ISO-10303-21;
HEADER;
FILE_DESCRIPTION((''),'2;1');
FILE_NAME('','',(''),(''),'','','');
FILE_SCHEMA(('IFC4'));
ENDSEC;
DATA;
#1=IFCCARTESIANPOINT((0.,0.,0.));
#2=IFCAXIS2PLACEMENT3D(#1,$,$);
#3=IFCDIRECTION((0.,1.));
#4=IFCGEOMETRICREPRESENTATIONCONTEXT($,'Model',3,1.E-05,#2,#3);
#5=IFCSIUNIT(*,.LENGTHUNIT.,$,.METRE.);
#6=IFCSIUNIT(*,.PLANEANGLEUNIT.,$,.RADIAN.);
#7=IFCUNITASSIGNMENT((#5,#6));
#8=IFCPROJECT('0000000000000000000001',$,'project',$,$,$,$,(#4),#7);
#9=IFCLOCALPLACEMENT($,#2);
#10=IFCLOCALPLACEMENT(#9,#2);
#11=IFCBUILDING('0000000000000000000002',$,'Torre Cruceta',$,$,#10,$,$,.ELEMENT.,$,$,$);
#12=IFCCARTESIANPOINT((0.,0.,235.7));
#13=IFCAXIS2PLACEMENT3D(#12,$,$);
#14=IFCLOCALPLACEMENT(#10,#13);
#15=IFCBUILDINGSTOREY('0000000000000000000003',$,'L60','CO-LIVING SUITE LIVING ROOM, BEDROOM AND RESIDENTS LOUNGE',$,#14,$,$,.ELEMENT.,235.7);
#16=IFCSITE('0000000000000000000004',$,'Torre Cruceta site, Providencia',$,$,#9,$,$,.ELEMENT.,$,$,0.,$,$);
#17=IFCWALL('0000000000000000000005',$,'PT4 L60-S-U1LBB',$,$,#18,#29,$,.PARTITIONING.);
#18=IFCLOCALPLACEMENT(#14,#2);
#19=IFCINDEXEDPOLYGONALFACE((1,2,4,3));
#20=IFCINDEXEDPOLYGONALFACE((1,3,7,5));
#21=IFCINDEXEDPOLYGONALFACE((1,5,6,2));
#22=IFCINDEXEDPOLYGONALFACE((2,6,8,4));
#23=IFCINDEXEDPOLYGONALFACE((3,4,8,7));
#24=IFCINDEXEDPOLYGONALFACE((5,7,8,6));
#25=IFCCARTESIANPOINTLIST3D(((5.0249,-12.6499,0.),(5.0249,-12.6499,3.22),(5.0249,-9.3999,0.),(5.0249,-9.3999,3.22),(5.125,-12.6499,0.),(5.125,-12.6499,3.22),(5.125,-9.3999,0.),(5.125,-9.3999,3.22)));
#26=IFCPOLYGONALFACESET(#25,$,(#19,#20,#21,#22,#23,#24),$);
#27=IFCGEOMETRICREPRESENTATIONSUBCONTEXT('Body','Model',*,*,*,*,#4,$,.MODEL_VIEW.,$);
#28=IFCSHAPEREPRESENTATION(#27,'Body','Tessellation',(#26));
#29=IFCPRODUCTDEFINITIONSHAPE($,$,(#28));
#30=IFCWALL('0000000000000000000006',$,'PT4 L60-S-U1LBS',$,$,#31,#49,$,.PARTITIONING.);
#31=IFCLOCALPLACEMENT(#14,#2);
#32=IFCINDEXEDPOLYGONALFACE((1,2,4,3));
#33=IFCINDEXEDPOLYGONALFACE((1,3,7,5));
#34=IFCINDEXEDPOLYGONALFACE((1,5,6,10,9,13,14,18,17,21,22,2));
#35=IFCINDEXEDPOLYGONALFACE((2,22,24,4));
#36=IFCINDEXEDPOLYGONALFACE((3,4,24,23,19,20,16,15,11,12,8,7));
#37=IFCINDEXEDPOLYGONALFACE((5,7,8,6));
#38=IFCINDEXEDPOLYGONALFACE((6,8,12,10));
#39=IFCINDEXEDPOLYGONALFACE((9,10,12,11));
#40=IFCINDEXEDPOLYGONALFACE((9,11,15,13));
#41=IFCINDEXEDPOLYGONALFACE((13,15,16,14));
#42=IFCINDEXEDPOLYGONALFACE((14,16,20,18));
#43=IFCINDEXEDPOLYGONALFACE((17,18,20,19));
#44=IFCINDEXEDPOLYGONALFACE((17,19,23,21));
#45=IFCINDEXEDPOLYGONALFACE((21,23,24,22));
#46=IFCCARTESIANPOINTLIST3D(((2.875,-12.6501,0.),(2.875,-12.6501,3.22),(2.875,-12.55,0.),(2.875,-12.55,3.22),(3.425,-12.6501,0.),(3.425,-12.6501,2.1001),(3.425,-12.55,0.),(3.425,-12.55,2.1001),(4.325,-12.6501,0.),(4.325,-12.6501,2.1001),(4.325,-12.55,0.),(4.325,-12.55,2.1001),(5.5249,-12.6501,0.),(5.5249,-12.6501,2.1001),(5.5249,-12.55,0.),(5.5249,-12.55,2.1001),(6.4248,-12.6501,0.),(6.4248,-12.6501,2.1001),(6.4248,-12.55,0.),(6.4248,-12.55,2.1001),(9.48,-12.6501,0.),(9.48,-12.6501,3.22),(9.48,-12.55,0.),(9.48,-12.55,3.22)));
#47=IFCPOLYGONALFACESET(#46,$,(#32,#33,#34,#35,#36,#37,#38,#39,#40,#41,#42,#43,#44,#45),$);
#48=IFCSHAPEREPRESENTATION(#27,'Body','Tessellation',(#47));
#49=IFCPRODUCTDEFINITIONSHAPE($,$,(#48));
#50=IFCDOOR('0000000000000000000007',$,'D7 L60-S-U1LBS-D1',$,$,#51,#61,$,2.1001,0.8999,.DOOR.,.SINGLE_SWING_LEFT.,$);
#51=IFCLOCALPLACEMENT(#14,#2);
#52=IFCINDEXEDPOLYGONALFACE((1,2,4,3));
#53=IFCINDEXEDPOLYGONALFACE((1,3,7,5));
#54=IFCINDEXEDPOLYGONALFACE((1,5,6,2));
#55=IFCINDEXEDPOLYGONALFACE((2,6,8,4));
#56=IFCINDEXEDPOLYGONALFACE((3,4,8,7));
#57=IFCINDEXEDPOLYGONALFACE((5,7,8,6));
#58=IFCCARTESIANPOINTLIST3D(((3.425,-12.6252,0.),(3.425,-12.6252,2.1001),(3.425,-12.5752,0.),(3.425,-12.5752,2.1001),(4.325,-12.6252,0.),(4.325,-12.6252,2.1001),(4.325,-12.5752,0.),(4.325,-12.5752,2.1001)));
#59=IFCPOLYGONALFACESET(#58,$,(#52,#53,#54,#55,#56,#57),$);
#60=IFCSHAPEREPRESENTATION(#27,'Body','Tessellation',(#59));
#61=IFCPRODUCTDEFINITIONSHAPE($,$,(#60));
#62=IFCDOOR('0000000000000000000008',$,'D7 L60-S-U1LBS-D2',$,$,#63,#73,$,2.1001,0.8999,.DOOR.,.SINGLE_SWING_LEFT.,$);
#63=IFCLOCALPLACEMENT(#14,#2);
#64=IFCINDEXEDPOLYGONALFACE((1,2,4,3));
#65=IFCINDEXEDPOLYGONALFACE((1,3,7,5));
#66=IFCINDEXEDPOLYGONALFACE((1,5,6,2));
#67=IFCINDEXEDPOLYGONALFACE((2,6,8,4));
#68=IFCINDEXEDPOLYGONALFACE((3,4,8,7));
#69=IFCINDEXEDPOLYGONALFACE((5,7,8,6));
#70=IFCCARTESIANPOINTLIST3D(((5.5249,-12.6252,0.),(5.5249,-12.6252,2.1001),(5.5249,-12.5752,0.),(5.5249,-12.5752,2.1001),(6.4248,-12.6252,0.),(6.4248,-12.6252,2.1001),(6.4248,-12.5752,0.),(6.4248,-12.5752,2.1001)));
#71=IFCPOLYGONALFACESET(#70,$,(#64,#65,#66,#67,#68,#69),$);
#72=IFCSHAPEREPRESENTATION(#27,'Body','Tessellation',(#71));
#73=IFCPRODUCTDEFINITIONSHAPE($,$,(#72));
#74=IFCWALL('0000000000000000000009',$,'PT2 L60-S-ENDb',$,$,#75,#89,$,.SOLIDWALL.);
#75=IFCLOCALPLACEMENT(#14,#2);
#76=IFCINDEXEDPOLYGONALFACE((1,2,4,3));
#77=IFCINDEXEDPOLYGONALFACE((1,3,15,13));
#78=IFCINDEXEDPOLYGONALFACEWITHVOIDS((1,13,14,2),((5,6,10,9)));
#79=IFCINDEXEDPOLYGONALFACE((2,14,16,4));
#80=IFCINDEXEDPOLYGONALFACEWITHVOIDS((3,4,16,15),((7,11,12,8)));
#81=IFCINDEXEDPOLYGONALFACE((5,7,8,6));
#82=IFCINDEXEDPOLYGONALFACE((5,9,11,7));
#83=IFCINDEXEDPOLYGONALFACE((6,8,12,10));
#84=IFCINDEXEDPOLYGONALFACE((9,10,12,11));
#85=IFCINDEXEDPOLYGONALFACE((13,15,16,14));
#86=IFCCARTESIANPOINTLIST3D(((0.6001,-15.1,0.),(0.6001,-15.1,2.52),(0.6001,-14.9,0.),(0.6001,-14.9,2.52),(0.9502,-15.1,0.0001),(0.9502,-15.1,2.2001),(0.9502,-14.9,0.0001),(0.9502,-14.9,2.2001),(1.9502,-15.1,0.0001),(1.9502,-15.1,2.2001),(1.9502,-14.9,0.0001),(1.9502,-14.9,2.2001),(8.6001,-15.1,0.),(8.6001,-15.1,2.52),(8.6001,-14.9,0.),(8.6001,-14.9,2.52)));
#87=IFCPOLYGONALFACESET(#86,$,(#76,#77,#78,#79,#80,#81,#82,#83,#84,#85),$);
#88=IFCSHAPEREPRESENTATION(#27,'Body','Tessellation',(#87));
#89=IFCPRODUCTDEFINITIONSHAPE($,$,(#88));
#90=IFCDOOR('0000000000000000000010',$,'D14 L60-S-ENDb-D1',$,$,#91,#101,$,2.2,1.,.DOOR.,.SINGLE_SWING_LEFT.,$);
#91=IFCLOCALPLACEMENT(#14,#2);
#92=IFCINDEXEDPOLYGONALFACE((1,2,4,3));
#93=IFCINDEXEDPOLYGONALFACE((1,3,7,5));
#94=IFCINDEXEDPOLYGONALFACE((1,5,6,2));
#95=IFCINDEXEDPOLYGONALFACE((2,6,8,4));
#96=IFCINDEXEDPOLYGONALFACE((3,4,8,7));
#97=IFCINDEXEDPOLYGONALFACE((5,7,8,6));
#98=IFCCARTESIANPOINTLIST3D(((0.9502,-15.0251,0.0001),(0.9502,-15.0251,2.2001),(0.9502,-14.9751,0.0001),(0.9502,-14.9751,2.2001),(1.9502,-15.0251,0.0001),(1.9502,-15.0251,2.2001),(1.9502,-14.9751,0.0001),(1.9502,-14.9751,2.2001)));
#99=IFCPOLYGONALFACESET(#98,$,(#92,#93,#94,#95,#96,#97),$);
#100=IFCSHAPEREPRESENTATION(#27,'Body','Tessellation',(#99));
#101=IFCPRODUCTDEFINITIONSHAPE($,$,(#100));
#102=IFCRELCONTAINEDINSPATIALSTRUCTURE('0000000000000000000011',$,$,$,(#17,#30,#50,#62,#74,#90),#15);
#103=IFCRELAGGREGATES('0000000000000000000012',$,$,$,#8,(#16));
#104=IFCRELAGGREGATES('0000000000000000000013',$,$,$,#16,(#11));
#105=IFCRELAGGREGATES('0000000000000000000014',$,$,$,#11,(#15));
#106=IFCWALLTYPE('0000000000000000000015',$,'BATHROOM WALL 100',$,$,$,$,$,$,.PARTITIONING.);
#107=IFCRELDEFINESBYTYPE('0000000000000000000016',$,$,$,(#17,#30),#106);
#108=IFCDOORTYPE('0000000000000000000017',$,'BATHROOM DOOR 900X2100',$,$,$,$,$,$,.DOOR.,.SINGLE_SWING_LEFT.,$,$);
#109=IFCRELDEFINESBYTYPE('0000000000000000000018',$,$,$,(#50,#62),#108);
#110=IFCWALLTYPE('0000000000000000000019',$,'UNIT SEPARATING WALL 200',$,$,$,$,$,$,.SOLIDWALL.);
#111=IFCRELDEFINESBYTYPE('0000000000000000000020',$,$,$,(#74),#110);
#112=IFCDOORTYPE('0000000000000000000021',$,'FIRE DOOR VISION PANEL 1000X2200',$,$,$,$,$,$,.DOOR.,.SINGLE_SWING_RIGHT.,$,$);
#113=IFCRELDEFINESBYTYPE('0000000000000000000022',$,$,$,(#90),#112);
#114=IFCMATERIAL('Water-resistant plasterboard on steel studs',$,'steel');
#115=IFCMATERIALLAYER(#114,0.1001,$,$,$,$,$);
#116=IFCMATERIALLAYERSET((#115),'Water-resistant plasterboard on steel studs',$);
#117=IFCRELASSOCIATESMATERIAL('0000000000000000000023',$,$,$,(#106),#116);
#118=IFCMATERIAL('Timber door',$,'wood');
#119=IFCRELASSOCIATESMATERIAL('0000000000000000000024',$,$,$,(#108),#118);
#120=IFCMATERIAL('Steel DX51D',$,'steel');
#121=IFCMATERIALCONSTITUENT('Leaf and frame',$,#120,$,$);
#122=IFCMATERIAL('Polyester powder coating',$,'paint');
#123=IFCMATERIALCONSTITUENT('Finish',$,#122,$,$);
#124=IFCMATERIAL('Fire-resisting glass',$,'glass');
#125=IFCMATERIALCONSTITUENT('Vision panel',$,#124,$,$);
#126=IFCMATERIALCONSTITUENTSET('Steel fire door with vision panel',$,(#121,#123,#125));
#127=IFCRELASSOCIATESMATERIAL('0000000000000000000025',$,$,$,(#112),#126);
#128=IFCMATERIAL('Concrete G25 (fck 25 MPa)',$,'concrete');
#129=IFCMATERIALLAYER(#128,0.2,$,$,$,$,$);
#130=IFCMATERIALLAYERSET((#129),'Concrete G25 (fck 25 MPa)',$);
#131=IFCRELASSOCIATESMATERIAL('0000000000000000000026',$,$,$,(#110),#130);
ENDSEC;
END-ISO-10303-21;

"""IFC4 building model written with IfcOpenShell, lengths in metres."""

from ifc_helpers import new_model, si_unit, direction, frame, frame_2d, origin, place, context, subcontext, project, spatial, rectangle, extrude, material, layer, layer_set, constituent, constituent_set, type_object, element, fill, save


model = new_model("IFC4")

# Units and contexts
model_context = context("Model", 3, precision=1e-05, world=origin(), true_north=direction((0.0, 1.0)))
body_context = subcontext(model_context, "Body", "Model", "MODEL_VIEW")
ifc_project = project(units=[si_unit("LENGTHUNIT", "METRE"), si_unit("PLANEANGLEUNIT", "RADIAN")], contexts=[model_context])

# Site, building, storey
site_placement = place(None, origin())
site = spatial("IfcSite", under=ifc_project, at=site_placement, Name="Torre Cruceta site, Providencia", CompositionType="ELEMENT", RefElevation=0.0)
building_placement = place(site_placement, origin())
building = spatial("IfcBuilding", under=site, at=building_placement, Name="Torre Cruceta", CompositionType="ELEMENT")
storey_placement = place(building_placement, frame((0.0, 0.0, 235.7)))
storey = spatial("IfcBuildingStorey", under=building, at=storey_placement, Name="L60", Description="CO-LIVING SUITE LIVING ROOM, BEDROOM AND RESIDENTS LOUNGE", CompositionType="ELEMENT", Elevation=235.7)

# Wall
ifc_material_1 = material(Name="Water-resistant plasterboard on steel studs", Category="steel")
ifc_layer_1 = layer(ifc_material_1, 0.1001)
ifc_layer_set_1 = layer_set([ifc_layer_1], Name="Water-resistant plasterboard on steel studs")
wall_type_1 = type_object("IfcWallType", Name="BATHROOM WALL 100", PredefinedType="PARTITIONING", material=ifc_layer_set_1)
wall_1_placement = place(storey_placement, frame((5.075, -9.3999, 0.0), z_axis=(0.0, 0.0, 1.0), x_axis=(0.0, -1.0, 0.0)))
element("IfcWall", 1, at=wall_1_placement, inside=storey, type_object=wall_type_1, Name="PT4 L60-S-U1LBB", PredefinedType="PARTITIONING", context=body_context, shape_type="SweptSolid", body=[
    extrude(rectangle(XDim=3.25, YDim=0.1001, at=frame_2d((1.625, 0.0))), origin(), (0.0, 0.0, 1.0), 3.22),
])

# Wall, openings, doors
wall_2_placement = place(storey_placement, frame((2.875, -12.6001, 0.0), z_axis=(0.0, 0.0, 1.0), x_axis=(1.0, 0.0, 0.0)))
wall_2 = element("IfcWall", 2, at=wall_2_placement, inside=storey, type_object=wall_type_1, Name="PT4 L60-S-U1LBS", PredefinedType="PARTITIONING", context=body_context, shape_type="SweptSolid", body=[
    extrude(rectangle(XDim=6.605, YDim=0.1001, at=frame_2d((3.3025, 0.0))), origin(), (0.0, 0.0, 1.0), 3.22),
])
opening_1_placement = place(wall_2_placement, frame((0.55, 0.0, 0.0)))
opening_1 = element("IfcOpeningElement", 3, at=opening_1_placement, cuts=wall_2, PredefinedType="OPENING", context=body_context, shape_type="SweptSolid", body=[
    extrude(rectangle(XDim=0.8999, YDim=2.1001, at=frame_2d((0.45, 1.05))), frame((0.0, 0.0601, 0.0), z_axis=(0.0, -1.0, 0.0), x_axis=(1.0, 0.0, 0.0)), (0.0, 0.0, 1.0), 0.1201),
])
opening_2_placement = place(wall_2_placement, frame((2.6499, 0.0, 0.0)))
opening_2 = element("IfcOpeningElement", 4, at=opening_2_placement, cuts=wall_2, PredefinedType="OPENING", context=body_context, shape_type="SweptSolid", body=[
    extrude(rectangle(XDim=0.8999, YDim=2.1001, at=frame_2d((0.45, 1.05))), frame((0.0, 0.0601, 0.0), z_axis=(0.0, -1.0, 0.0), x_axis=(1.0, 0.0, 0.0)), (0.0, 0.0, 1.0), 0.1201),
])
ifc_material_2 = material(Name="Timber door", Category="wood")
door_type_1 = type_object("IfcDoorType", Name="BATHROOM DOOR 900X2100", OperationType="SINGLE_SWING_LEFT", PredefinedType="DOOR", material=ifc_material_2)
door_1_placement = place(opening_1_placement, origin())
door_1 = element("IfcDoor", 5, at=door_1_placement, inside=storey, type_object=door_type_1, Name="D7 L60-S-U1LBS-D1", OperationType="SINGLE_SWING_LEFT", OverallHeight=2.1001, OverallWidth=0.8999, PredefinedType="DOOR", context=body_context, shape_type="SweptSolid", body=[
    extrude(rectangle(XDim=0.8999, YDim=2.1001, at=frame_2d((0.45, 1.05))), frame((0.0, 0.0249, 0.0), z_axis=(0.0, -1.0, 0.0), x_axis=(1.0, 0.0, 0.0)), (0.0, 0.0, 1.0), 0.05),
])
fill(opening_1, door_1)
door_2_placement = place(opening_2_placement, origin())
door_2 = element("IfcDoor", 6, at=door_2_placement, inside=storey, type_object=door_type_1, Name="D7 L60-S-U1LBS-D2", OperationType="SINGLE_SWING_LEFT", OverallHeight=2.1001, OverallWidth=0.8999, PredefinedType="DOOR", context=body_context, shape_type="SweptSolid", body=[
    extrude(rectangle(XDim=0.8999, YDim=2.1001, at=frame_2d((0.45, 1.05))), frame((0.0, 0.0249, 0.0), z_axis=(0.0, -1.0, 0.0), x_axis=(1.0, 0.0, 0.0)), (0.0, 0.0, 1.0), 0.05),
])
fill(opening_2, door_2)

# Shared definitions
ifc_material_3 = material(Name="Steel DX51D", Category="steel")
ifc_constituent_1 = constituent(ifc_material_3, Name="Leaf and frame")
ifc_material_4 = material(Name="Polyester powder coating", Category="paint")
ifc_constituent_2 = constituent(ifc_material_4, Name="Finish")
ifc_material_5 = material(Name="Fire-resisting glass", Category="glass")
ifc_constituent_3 = constituent(ifc_material_5, Name="Vision panel")
ifc_constituent_set = constituent_set(constituents=[ifc_constituent_1, ifc_constituent_2, ifc_constituent_3], Name="Steel fire door with vision panel")
door_type_2 = type_object("IfcDoorType", Name="FIRE DOOR VISION PANEL 1000X2200", OperationType="SINGLE_SWING_RIGHT", PredefinedType="DOOR", material=ifc_constituent_set)

# Wall, opening, door
ifc_material_6 = material(Name="Concrete G25 (fck 25 MPa)", Category="concrete")
ifc_layer_2 = layer(ifc_material_6, 0.2)
ifc_layer_set_2 = layer_set([ifc_layer_2], Name="Concrete G25 (fck 25 MPa)")
wall_type_2 = type_object("IfcWallType", Name="UNIT SEPARATING WALL 200", PredefinedType="SOLIDWALL", material=ifc_layer_set_2)
wall_3_placement = place(storey_placement, frame((0.6001, -15.0, 0.0), z_axis=(0.0, 0.0, 1.0), x_axis=(1.0, 0.0, 0.0)))
wall_3 = element("IfcWall", 7, at=wall_3_placement, inside=storey, type_object=wall_type_2, Name="PT2 L60-S-ENDb", PredefinedType="SOLIDWALL", context=body_context, shape_type="SweptSolid", body=[
    extrude(rectangle(XDim=8.0, YDim=0.2, at=frame_2d((4.0, 0.0))), origin(), (0.0, 0.0, 1.0), 2.52),
])
opening_3_placement = place(wall_3_placement, frame((0.3501, 0.0, 0.0)))
opening_3 = element("IfcOpeningElement", 8, at=opening_3_placement, cuts=wall_3, PredefinedType="OPENING", context=body_context, shape_type="SweptSolid", body=[
    extrude(rectangle(XDim=1.0, YDim=2.2, at=frame_2d((0.5, 1.1001))), frame((0.0, 0.1099, 0.0), z_axis=(0.0, -1.0, 0.0), x_axis=(1.0, 0.0, 0.0)), (0.0, 0.0, 1.0), 0.22),
])
door_3_placement = place(opening_3_placement, frame((1.0, 0.0, 0.0), z_axis=(0.0, 0.0, 1.0), x_axis=(-1.0, 0.0, 0.0)))
door_3 = element("IfcDoor", 9, at=door_3_placement, inside=storey, type_object=door_type_2, Name="D14 L60-S-ENDb-D1", OperationType="SINGLE_SWING_LEFT", OverallHeight=2.2, OverallWidth=1.0, PredefinedType="DOOR", context=body_context, shape_type="SweptSolid", body=[
    extrude(rectangle(XDim=1.0, YDim=2.2, at=frame_2d((0.5, 1.1001))), frame((0.0, 0.0251, 0.0), z_axis=(0.0, -1.0, 0.0), x_axis=(1.0, 0.0, 0.0)), (0.0, 0.0, 1.0), 0.05),
])
fill(opening_3, door_3)

save(model, "model.ifc")
